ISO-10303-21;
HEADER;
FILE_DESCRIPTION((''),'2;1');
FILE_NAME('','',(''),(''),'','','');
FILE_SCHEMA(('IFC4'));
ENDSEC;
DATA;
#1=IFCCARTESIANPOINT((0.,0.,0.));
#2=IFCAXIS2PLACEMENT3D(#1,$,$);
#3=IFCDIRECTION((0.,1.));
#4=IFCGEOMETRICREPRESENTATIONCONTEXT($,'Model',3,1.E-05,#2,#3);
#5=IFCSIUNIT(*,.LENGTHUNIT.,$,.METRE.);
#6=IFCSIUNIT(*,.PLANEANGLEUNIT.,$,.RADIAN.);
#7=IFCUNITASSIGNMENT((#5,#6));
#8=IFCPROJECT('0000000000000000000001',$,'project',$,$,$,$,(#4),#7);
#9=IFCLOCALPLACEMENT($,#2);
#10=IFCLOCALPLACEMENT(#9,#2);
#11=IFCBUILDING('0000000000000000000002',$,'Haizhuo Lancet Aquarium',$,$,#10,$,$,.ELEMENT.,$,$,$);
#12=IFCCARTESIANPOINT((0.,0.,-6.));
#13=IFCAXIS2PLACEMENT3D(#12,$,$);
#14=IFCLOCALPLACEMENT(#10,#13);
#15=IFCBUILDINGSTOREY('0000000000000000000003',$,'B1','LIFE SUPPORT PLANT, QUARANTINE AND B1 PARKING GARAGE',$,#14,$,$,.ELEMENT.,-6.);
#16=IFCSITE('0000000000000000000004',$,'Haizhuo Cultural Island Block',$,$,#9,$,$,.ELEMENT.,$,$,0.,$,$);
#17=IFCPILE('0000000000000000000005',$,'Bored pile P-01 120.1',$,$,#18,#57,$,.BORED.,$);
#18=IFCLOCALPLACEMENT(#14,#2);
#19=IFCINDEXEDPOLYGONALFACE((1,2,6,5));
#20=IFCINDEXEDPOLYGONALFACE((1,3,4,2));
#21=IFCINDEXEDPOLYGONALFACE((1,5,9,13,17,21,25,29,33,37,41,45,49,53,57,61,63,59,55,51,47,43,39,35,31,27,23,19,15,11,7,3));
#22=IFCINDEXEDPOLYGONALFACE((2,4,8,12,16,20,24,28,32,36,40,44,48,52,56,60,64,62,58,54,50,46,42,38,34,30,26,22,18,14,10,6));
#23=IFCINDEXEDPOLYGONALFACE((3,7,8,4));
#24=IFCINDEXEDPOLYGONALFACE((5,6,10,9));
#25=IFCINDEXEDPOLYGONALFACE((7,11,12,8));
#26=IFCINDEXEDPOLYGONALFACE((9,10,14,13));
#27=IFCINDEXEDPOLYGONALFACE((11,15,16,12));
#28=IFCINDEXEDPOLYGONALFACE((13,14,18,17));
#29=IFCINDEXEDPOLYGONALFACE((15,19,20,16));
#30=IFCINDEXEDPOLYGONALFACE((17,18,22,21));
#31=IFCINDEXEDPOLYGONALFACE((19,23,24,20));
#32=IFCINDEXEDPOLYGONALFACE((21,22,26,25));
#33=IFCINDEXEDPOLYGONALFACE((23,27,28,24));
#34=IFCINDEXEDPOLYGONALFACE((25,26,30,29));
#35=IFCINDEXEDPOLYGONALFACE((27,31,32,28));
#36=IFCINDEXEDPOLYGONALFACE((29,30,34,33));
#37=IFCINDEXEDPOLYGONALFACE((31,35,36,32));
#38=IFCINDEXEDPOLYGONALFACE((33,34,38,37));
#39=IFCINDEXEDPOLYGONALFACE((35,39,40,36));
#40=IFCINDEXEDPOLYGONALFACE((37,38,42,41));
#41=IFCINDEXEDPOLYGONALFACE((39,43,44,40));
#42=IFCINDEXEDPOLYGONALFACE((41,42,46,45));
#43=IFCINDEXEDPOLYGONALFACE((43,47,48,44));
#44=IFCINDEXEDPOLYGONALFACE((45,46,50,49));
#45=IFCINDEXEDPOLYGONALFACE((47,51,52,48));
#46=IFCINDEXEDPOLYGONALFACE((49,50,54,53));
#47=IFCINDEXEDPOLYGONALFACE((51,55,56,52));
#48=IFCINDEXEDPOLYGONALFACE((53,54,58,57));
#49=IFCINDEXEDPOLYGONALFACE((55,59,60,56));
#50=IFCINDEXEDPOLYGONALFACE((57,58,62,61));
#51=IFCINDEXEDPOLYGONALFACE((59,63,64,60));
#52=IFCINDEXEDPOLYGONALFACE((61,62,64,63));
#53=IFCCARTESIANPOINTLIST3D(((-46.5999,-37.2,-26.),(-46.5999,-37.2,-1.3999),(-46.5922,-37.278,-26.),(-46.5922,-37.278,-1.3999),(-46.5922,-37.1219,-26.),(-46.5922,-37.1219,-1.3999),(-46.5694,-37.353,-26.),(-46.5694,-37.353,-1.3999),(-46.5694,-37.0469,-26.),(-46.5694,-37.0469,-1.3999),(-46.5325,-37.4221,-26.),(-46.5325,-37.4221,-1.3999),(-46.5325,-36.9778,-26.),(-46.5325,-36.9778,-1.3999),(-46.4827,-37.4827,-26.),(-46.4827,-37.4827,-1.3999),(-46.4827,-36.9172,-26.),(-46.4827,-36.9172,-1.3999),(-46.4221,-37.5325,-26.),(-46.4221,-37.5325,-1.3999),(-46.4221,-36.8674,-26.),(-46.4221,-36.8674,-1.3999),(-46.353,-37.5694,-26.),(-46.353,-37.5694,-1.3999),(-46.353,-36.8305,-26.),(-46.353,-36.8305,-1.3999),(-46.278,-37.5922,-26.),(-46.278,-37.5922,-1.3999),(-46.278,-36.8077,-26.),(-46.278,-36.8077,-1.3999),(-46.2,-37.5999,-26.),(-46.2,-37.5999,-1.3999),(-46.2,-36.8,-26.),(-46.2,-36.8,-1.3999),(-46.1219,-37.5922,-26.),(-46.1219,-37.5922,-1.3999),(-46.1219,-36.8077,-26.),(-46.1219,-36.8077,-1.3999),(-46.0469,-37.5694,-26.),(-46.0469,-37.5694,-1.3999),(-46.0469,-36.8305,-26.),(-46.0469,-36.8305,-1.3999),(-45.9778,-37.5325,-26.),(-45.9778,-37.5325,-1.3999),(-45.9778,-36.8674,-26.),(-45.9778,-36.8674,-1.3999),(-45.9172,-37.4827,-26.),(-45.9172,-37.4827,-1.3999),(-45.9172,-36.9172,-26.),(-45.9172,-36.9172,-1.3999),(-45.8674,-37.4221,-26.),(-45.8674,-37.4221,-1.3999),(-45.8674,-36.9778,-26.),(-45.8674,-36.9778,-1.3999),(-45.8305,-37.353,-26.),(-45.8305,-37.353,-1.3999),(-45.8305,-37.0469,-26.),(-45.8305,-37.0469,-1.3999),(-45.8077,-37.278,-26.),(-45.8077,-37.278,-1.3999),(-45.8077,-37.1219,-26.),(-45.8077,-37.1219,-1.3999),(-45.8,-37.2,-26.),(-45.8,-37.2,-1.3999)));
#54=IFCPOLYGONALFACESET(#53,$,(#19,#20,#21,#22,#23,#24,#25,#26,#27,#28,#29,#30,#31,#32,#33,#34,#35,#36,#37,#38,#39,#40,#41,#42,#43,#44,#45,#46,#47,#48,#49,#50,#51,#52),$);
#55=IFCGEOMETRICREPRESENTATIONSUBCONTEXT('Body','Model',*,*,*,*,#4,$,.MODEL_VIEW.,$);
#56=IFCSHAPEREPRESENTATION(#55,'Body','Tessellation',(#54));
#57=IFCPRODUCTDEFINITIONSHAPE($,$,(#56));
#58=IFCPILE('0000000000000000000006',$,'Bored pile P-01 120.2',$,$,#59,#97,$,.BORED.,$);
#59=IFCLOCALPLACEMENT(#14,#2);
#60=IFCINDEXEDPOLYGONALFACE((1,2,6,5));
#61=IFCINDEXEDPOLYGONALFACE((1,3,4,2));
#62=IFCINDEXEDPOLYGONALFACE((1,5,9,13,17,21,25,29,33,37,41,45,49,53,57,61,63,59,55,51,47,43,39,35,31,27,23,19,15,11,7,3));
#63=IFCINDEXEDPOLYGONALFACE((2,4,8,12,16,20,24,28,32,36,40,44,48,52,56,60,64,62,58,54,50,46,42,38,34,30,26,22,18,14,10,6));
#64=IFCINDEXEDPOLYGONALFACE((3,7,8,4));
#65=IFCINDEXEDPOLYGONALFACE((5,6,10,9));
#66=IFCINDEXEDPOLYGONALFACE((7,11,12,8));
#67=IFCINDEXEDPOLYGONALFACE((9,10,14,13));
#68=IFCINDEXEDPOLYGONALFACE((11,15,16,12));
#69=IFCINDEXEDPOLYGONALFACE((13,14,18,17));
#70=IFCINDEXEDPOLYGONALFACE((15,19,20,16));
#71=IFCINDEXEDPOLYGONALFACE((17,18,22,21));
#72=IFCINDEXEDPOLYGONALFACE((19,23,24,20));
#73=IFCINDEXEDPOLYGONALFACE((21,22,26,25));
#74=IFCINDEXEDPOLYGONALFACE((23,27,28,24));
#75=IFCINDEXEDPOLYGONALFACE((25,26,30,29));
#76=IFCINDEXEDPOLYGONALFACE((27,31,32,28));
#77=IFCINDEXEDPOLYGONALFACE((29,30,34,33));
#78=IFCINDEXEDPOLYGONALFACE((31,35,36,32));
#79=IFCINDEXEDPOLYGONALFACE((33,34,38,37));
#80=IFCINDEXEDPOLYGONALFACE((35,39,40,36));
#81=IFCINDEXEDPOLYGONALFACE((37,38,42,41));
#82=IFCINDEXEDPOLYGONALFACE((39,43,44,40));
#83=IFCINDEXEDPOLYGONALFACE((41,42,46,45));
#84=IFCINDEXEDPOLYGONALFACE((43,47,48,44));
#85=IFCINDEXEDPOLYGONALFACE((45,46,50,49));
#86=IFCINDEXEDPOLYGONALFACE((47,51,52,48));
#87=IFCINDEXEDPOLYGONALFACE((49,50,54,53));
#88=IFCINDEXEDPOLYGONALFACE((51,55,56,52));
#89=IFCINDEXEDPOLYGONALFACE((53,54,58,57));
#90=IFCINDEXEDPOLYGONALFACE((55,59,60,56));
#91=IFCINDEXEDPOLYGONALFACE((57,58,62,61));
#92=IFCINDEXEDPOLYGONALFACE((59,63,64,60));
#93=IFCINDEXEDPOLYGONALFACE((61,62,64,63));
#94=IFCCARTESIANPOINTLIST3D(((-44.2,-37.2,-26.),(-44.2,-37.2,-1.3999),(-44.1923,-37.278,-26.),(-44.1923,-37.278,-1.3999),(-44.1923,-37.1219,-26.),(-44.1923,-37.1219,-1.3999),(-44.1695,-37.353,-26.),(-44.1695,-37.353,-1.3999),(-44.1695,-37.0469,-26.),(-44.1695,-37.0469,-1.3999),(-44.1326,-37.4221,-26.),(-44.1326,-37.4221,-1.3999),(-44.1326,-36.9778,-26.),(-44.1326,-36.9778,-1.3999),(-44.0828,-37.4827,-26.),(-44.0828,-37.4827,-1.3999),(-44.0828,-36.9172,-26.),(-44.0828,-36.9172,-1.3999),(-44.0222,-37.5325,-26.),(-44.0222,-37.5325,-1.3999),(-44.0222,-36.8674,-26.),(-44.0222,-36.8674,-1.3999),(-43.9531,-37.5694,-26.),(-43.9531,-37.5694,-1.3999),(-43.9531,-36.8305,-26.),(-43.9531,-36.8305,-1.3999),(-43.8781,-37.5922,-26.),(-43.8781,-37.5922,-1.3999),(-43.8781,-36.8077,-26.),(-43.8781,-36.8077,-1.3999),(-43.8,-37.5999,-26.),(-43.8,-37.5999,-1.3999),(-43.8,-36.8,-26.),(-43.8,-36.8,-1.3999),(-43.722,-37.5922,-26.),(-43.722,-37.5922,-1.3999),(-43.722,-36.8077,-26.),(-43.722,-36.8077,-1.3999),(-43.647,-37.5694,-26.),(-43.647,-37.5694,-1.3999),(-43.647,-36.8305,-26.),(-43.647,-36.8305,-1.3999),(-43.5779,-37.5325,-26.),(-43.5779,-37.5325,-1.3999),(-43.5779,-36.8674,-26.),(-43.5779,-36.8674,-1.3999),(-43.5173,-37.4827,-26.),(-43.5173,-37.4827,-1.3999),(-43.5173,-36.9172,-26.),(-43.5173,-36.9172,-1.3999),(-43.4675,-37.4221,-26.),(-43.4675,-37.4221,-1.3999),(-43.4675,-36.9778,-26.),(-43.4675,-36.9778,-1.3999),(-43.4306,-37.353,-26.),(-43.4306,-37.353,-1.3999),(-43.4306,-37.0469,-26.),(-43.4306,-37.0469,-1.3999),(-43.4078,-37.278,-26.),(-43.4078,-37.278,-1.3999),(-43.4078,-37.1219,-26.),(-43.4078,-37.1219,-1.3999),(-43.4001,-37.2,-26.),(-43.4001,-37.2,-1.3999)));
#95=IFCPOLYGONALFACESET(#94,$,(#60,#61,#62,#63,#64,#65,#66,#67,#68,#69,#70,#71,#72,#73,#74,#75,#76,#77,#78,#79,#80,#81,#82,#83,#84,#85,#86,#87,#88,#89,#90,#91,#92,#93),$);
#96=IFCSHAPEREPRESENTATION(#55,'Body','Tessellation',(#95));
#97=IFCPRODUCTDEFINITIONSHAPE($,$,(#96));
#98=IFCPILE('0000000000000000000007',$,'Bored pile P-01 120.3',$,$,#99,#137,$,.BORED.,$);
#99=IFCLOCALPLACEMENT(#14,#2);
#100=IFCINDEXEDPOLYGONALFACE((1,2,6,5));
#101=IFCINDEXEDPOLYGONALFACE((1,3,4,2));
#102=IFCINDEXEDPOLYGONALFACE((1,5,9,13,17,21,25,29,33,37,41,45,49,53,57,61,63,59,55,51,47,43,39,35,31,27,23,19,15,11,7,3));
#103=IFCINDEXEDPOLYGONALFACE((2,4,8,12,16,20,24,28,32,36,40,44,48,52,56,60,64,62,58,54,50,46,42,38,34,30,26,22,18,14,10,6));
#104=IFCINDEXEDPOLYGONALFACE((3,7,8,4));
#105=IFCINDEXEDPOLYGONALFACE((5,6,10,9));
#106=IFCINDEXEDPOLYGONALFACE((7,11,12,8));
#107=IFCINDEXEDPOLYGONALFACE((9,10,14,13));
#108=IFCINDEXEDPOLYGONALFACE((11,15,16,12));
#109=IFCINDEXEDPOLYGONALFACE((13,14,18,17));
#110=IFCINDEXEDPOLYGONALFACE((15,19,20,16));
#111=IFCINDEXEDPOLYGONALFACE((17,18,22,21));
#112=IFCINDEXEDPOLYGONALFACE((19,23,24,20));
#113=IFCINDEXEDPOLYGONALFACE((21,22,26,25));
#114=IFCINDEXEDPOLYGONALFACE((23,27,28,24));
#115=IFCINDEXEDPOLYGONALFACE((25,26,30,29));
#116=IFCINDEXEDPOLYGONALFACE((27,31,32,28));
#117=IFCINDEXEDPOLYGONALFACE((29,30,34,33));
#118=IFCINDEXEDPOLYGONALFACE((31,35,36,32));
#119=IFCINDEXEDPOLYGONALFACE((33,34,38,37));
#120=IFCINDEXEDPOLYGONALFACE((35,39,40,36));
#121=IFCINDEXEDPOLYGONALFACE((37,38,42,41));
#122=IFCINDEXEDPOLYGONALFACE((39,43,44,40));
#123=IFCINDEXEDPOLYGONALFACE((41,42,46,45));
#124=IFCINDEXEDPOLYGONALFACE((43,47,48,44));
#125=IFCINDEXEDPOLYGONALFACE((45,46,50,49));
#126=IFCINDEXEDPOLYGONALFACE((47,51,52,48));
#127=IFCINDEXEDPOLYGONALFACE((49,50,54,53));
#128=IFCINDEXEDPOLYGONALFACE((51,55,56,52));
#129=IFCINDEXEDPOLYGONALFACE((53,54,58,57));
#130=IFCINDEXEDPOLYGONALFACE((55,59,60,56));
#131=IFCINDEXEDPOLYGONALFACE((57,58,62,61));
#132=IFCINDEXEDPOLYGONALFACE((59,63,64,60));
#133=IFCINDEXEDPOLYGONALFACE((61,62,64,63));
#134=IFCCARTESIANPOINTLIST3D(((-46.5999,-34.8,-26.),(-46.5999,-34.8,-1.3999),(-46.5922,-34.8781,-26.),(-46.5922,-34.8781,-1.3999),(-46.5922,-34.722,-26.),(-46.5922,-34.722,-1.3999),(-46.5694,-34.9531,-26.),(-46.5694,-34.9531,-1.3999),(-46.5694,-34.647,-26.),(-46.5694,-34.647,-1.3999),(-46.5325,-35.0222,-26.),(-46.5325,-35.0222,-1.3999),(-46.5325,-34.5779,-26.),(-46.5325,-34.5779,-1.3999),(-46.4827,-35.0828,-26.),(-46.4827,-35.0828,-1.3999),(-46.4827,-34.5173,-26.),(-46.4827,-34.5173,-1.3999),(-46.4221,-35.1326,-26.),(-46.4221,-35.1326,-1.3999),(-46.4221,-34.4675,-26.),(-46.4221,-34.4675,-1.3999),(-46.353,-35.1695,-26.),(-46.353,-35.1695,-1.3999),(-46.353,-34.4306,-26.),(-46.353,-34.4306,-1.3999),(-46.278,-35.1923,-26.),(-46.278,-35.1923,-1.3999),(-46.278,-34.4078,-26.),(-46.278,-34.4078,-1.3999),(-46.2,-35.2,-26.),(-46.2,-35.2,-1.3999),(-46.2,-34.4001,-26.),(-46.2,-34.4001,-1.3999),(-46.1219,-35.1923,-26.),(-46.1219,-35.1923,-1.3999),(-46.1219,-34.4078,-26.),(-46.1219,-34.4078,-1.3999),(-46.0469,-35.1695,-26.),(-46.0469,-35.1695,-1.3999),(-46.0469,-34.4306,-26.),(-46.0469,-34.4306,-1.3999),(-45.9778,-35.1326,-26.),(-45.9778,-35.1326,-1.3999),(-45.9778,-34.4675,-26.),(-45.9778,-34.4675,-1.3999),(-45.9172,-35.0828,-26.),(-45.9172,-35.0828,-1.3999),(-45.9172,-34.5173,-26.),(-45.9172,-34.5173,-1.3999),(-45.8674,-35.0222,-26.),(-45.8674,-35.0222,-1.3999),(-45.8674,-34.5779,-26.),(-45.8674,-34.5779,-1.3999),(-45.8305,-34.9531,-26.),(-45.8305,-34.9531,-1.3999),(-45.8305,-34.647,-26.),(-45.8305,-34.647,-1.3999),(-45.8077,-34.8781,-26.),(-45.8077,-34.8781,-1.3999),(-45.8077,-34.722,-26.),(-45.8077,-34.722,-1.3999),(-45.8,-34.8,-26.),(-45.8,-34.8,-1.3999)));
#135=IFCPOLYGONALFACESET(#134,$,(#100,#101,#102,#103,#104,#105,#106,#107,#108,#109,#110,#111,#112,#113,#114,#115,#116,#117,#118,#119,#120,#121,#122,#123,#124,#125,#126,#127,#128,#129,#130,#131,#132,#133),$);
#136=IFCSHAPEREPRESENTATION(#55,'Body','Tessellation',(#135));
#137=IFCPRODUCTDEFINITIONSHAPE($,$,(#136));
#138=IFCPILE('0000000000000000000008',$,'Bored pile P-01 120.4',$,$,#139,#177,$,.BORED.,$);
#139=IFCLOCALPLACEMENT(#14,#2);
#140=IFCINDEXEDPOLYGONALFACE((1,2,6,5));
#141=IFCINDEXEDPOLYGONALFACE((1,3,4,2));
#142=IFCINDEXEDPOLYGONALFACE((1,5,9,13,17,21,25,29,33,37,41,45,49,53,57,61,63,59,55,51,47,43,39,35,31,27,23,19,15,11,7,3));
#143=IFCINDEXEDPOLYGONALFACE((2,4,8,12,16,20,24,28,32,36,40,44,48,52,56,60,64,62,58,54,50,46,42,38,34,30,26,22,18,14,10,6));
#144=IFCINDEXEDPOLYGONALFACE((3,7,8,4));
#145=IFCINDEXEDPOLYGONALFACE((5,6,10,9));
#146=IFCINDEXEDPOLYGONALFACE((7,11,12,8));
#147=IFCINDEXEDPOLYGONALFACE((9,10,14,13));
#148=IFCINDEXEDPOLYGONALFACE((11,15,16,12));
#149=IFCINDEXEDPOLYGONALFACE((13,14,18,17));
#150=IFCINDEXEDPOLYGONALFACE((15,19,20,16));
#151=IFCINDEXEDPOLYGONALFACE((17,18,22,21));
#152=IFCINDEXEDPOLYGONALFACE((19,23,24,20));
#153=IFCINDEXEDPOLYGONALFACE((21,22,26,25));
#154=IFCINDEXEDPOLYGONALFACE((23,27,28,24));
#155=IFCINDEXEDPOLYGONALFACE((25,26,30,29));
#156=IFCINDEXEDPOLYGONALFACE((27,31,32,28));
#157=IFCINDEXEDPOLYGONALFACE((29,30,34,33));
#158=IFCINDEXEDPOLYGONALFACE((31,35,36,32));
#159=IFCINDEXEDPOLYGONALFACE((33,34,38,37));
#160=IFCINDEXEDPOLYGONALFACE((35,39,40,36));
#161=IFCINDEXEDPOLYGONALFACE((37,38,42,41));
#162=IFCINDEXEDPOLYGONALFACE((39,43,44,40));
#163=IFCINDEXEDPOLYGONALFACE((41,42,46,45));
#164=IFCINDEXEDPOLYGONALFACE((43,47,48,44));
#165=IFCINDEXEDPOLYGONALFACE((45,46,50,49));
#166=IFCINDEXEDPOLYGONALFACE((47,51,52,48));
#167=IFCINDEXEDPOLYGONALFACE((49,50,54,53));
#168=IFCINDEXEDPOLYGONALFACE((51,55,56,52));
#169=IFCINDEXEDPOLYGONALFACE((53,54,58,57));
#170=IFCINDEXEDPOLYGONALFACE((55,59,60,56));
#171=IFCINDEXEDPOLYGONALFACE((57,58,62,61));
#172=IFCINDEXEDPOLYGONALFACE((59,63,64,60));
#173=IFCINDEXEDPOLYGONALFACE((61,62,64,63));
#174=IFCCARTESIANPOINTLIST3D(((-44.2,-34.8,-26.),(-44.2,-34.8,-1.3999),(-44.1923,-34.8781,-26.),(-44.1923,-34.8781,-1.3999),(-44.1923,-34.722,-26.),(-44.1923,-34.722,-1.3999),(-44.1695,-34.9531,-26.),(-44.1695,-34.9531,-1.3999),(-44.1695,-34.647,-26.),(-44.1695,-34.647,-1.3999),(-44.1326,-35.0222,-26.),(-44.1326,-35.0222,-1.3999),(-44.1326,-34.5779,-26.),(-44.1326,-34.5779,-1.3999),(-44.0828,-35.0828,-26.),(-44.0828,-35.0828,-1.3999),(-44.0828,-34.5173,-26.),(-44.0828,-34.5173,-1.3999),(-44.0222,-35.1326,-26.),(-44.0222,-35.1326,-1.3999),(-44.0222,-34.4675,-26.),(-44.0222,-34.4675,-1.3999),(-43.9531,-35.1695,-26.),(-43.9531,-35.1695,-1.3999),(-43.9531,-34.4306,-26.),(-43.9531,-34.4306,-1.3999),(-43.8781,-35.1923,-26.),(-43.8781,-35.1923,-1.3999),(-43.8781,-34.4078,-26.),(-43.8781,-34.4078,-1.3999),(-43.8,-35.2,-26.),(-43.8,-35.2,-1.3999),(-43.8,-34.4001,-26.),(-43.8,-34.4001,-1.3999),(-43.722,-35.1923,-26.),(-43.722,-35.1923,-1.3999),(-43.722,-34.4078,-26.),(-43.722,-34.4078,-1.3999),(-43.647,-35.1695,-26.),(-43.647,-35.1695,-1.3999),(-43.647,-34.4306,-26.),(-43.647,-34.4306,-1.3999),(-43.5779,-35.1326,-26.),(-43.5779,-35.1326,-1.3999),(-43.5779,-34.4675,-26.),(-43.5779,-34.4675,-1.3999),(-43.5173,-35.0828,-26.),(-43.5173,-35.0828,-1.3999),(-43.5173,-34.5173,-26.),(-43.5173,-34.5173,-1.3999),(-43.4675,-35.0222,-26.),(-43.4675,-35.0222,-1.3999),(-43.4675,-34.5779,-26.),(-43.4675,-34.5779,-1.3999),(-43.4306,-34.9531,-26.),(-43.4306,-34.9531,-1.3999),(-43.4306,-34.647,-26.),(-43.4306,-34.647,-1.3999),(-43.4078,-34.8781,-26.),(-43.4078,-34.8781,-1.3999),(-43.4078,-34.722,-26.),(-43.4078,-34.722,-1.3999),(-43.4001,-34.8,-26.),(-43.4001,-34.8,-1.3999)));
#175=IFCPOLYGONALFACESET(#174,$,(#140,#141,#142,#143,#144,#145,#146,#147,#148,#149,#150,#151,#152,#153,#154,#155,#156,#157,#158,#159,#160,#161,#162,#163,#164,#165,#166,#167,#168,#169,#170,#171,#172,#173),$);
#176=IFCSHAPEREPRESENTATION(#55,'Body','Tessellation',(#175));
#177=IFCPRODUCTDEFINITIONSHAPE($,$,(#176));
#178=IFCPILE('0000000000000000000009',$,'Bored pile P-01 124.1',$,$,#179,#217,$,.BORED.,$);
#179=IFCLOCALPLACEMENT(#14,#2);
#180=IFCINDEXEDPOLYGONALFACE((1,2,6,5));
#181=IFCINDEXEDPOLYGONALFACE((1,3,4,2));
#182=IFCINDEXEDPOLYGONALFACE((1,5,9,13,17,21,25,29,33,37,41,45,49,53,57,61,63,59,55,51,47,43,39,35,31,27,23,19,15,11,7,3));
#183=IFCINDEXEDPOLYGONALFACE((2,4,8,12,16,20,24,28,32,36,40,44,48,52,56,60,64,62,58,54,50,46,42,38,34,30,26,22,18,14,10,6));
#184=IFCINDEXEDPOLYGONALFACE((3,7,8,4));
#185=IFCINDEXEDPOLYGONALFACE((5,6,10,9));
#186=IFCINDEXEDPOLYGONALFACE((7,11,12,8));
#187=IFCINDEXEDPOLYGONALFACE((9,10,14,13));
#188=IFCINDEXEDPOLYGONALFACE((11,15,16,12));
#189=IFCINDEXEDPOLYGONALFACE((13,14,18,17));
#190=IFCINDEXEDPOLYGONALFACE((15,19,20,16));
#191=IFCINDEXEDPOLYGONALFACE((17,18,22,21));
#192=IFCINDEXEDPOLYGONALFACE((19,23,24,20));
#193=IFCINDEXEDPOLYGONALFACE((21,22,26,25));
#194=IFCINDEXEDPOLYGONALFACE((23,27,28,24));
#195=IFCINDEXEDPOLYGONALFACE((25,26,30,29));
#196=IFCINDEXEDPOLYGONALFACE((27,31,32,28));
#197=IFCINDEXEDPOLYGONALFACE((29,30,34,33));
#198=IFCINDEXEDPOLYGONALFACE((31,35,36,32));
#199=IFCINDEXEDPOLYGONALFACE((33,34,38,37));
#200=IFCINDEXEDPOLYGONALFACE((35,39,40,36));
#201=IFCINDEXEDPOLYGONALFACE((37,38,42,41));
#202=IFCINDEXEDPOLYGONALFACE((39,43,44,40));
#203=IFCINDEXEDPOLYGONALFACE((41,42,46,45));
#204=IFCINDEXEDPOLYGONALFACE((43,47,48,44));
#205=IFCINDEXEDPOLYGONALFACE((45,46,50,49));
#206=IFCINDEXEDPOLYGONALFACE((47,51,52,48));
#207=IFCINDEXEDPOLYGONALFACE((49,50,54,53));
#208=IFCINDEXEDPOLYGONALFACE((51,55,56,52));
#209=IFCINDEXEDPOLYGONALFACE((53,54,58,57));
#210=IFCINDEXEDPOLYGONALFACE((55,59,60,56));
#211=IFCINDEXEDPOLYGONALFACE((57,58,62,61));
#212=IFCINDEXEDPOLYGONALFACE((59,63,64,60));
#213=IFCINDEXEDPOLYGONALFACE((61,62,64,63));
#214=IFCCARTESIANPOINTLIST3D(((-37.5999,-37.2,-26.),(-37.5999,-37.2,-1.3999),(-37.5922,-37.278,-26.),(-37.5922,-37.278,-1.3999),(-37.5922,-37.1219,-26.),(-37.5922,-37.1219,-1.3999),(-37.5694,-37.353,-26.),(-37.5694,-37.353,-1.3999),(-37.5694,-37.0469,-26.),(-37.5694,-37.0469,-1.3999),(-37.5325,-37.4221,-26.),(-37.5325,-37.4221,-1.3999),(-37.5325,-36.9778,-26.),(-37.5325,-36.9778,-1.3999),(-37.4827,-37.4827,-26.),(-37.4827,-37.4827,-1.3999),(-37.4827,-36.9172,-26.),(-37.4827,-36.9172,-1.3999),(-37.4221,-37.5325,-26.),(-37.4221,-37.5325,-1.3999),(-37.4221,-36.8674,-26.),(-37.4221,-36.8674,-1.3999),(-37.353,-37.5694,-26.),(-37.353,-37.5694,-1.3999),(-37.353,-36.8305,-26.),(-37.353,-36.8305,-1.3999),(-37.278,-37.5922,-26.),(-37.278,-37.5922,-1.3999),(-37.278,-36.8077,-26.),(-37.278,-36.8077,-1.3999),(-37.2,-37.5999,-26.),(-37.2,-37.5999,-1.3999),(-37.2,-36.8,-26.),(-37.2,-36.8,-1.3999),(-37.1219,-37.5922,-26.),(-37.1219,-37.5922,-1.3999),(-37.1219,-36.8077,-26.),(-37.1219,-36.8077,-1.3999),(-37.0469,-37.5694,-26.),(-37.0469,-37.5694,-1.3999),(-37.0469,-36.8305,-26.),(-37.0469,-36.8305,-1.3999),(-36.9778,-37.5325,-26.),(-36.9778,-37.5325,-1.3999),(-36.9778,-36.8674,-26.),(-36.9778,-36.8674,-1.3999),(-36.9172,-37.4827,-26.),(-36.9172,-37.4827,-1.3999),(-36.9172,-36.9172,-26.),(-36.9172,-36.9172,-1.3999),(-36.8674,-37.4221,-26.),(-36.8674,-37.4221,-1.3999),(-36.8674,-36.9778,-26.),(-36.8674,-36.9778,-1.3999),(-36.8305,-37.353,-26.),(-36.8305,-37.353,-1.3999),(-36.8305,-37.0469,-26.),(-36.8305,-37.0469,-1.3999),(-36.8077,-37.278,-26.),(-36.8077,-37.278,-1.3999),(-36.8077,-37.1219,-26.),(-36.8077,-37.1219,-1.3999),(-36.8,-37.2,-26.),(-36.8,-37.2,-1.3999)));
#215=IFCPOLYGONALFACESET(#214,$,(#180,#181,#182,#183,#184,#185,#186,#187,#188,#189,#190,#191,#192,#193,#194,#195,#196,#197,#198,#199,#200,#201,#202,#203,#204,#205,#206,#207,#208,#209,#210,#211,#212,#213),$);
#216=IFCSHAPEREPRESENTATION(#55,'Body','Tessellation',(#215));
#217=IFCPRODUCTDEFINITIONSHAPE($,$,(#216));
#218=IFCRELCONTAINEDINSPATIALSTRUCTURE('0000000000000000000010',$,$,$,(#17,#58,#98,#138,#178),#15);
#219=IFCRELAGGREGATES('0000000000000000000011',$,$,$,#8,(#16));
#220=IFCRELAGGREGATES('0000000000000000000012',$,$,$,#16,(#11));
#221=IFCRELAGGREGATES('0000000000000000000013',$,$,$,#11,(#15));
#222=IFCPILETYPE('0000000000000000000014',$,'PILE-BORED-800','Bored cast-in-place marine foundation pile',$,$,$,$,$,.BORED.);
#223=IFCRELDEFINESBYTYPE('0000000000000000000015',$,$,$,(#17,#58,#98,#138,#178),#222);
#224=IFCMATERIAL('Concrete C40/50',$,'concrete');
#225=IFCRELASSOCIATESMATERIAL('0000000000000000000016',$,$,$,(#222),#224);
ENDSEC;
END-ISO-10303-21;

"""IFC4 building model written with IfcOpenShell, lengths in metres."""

from ifc_helpers import new_model, si_unit, direction, frame, origin, origin_2d, place, context, subcontext, project, spatial, circle, extrude, material, material_profile, profile_set, type_object, element, save


model = new_model("IFC4")

# Units and contexts
model_context = context("Model", 3, precision=1e-05, world=origin(), true_north=direction((0.0, 1.0)))
body_context = subcontext(model_context, "Body", "Model", "MODEL_VIEW")
ifc_project = project(units=[si_unit("LENGTHUNIT", "METRE"), si_unit("PLANEANGLEUNIT", "RADIAN")], contexts=[model_context])

# Site, building, storey
site_placement = place(None, origin())
site = spatial("IfcSite", under=ifc_project, at=site_placement, Name="Haizhuo Cultural Island Block", CompositionType="ELEMENT", RefElevation=0.0)
building_placement = place(site_placement, origin())
building = spatial("IfcBuilding", under=site, at=building_placement, Name="Haizhuo Lancet Aquarium", CompositionType="ELEMENT")
storey_placement = place(building_placement, frame((0.0, 0.0, -6.0)))
storey = spatial("IfcBuildingStorey", under=building, at=storey_placement, Name="B1", Description="LIFE SUPPORT PLANT, QUARANTINE AND B1 PARKING GARAGE", CompositionType="ELEMENT", Elevation=-6.0)

# Shared definitions
ifc_material_1 = material(Name="Concrete C40/50", Category="concrete")

# Piles
ifc_material_profile_1 = material_profile(ifc_material_1, circle(Radius=0.3999, at=origin_2d()), Name="PILE-800")
ifc_profile_set_1 = profile_set([ifc_material_profile_1], Name="Concrete C40/50")
pile_type_1 = type_object("IfcPileType", Name="PILE-BORED-800", Description="Bored cast-in-place marine foundation pile", PredefinedType="BORED", material=ifc_profile_set_1)
for number, where, z_axis, x_axis, name in (
    (1, (-46.2, -37.2, -1.3999), (0.0, 0.0, -1.0), (1.0, 0.0, 0.0), "Bored pile P-01 120.1"),
    (2, (-43.8, -37.2, -1.3999), (0.0, 0.0, -1.0), (1.0, 0.0, 0.0), "Bored pile P-01 120.2"),
    (3, (-46.2, -34.8, -1.3999), (0.0, 0.0, -1.0), (1.0, 0.0, 0.0), "Bored pile P-01 120.3"),
    (4, (-43.8, -34.8, -1.3999), (0.0, 0.0, -1.0), (1.0, 0.0, 0.0), "Bored pile P-01 120.4"),
    (5, (-37.2, -37.2, -1.3999), (0.0, 0.0, -1.0), (1.0, 0.0, 0.0), "Bored pile P-01 124.1"),
):
    element("IfcPile", number, at=place(storey_placement, frame(where, z_axis=z_axis, x_axis=x_axis)), inside=storey, type_object=pile_type_1, Name=name, PredefinedType="BORED", context=body_context, shape_type="SweptSolid", body=[
        extrude(circle(Radius=0.3999, at=origin_2d()), origin(), (0.0, 0.0, 1.0), 24.6001),
    ])

save(model, "model.ifc")
